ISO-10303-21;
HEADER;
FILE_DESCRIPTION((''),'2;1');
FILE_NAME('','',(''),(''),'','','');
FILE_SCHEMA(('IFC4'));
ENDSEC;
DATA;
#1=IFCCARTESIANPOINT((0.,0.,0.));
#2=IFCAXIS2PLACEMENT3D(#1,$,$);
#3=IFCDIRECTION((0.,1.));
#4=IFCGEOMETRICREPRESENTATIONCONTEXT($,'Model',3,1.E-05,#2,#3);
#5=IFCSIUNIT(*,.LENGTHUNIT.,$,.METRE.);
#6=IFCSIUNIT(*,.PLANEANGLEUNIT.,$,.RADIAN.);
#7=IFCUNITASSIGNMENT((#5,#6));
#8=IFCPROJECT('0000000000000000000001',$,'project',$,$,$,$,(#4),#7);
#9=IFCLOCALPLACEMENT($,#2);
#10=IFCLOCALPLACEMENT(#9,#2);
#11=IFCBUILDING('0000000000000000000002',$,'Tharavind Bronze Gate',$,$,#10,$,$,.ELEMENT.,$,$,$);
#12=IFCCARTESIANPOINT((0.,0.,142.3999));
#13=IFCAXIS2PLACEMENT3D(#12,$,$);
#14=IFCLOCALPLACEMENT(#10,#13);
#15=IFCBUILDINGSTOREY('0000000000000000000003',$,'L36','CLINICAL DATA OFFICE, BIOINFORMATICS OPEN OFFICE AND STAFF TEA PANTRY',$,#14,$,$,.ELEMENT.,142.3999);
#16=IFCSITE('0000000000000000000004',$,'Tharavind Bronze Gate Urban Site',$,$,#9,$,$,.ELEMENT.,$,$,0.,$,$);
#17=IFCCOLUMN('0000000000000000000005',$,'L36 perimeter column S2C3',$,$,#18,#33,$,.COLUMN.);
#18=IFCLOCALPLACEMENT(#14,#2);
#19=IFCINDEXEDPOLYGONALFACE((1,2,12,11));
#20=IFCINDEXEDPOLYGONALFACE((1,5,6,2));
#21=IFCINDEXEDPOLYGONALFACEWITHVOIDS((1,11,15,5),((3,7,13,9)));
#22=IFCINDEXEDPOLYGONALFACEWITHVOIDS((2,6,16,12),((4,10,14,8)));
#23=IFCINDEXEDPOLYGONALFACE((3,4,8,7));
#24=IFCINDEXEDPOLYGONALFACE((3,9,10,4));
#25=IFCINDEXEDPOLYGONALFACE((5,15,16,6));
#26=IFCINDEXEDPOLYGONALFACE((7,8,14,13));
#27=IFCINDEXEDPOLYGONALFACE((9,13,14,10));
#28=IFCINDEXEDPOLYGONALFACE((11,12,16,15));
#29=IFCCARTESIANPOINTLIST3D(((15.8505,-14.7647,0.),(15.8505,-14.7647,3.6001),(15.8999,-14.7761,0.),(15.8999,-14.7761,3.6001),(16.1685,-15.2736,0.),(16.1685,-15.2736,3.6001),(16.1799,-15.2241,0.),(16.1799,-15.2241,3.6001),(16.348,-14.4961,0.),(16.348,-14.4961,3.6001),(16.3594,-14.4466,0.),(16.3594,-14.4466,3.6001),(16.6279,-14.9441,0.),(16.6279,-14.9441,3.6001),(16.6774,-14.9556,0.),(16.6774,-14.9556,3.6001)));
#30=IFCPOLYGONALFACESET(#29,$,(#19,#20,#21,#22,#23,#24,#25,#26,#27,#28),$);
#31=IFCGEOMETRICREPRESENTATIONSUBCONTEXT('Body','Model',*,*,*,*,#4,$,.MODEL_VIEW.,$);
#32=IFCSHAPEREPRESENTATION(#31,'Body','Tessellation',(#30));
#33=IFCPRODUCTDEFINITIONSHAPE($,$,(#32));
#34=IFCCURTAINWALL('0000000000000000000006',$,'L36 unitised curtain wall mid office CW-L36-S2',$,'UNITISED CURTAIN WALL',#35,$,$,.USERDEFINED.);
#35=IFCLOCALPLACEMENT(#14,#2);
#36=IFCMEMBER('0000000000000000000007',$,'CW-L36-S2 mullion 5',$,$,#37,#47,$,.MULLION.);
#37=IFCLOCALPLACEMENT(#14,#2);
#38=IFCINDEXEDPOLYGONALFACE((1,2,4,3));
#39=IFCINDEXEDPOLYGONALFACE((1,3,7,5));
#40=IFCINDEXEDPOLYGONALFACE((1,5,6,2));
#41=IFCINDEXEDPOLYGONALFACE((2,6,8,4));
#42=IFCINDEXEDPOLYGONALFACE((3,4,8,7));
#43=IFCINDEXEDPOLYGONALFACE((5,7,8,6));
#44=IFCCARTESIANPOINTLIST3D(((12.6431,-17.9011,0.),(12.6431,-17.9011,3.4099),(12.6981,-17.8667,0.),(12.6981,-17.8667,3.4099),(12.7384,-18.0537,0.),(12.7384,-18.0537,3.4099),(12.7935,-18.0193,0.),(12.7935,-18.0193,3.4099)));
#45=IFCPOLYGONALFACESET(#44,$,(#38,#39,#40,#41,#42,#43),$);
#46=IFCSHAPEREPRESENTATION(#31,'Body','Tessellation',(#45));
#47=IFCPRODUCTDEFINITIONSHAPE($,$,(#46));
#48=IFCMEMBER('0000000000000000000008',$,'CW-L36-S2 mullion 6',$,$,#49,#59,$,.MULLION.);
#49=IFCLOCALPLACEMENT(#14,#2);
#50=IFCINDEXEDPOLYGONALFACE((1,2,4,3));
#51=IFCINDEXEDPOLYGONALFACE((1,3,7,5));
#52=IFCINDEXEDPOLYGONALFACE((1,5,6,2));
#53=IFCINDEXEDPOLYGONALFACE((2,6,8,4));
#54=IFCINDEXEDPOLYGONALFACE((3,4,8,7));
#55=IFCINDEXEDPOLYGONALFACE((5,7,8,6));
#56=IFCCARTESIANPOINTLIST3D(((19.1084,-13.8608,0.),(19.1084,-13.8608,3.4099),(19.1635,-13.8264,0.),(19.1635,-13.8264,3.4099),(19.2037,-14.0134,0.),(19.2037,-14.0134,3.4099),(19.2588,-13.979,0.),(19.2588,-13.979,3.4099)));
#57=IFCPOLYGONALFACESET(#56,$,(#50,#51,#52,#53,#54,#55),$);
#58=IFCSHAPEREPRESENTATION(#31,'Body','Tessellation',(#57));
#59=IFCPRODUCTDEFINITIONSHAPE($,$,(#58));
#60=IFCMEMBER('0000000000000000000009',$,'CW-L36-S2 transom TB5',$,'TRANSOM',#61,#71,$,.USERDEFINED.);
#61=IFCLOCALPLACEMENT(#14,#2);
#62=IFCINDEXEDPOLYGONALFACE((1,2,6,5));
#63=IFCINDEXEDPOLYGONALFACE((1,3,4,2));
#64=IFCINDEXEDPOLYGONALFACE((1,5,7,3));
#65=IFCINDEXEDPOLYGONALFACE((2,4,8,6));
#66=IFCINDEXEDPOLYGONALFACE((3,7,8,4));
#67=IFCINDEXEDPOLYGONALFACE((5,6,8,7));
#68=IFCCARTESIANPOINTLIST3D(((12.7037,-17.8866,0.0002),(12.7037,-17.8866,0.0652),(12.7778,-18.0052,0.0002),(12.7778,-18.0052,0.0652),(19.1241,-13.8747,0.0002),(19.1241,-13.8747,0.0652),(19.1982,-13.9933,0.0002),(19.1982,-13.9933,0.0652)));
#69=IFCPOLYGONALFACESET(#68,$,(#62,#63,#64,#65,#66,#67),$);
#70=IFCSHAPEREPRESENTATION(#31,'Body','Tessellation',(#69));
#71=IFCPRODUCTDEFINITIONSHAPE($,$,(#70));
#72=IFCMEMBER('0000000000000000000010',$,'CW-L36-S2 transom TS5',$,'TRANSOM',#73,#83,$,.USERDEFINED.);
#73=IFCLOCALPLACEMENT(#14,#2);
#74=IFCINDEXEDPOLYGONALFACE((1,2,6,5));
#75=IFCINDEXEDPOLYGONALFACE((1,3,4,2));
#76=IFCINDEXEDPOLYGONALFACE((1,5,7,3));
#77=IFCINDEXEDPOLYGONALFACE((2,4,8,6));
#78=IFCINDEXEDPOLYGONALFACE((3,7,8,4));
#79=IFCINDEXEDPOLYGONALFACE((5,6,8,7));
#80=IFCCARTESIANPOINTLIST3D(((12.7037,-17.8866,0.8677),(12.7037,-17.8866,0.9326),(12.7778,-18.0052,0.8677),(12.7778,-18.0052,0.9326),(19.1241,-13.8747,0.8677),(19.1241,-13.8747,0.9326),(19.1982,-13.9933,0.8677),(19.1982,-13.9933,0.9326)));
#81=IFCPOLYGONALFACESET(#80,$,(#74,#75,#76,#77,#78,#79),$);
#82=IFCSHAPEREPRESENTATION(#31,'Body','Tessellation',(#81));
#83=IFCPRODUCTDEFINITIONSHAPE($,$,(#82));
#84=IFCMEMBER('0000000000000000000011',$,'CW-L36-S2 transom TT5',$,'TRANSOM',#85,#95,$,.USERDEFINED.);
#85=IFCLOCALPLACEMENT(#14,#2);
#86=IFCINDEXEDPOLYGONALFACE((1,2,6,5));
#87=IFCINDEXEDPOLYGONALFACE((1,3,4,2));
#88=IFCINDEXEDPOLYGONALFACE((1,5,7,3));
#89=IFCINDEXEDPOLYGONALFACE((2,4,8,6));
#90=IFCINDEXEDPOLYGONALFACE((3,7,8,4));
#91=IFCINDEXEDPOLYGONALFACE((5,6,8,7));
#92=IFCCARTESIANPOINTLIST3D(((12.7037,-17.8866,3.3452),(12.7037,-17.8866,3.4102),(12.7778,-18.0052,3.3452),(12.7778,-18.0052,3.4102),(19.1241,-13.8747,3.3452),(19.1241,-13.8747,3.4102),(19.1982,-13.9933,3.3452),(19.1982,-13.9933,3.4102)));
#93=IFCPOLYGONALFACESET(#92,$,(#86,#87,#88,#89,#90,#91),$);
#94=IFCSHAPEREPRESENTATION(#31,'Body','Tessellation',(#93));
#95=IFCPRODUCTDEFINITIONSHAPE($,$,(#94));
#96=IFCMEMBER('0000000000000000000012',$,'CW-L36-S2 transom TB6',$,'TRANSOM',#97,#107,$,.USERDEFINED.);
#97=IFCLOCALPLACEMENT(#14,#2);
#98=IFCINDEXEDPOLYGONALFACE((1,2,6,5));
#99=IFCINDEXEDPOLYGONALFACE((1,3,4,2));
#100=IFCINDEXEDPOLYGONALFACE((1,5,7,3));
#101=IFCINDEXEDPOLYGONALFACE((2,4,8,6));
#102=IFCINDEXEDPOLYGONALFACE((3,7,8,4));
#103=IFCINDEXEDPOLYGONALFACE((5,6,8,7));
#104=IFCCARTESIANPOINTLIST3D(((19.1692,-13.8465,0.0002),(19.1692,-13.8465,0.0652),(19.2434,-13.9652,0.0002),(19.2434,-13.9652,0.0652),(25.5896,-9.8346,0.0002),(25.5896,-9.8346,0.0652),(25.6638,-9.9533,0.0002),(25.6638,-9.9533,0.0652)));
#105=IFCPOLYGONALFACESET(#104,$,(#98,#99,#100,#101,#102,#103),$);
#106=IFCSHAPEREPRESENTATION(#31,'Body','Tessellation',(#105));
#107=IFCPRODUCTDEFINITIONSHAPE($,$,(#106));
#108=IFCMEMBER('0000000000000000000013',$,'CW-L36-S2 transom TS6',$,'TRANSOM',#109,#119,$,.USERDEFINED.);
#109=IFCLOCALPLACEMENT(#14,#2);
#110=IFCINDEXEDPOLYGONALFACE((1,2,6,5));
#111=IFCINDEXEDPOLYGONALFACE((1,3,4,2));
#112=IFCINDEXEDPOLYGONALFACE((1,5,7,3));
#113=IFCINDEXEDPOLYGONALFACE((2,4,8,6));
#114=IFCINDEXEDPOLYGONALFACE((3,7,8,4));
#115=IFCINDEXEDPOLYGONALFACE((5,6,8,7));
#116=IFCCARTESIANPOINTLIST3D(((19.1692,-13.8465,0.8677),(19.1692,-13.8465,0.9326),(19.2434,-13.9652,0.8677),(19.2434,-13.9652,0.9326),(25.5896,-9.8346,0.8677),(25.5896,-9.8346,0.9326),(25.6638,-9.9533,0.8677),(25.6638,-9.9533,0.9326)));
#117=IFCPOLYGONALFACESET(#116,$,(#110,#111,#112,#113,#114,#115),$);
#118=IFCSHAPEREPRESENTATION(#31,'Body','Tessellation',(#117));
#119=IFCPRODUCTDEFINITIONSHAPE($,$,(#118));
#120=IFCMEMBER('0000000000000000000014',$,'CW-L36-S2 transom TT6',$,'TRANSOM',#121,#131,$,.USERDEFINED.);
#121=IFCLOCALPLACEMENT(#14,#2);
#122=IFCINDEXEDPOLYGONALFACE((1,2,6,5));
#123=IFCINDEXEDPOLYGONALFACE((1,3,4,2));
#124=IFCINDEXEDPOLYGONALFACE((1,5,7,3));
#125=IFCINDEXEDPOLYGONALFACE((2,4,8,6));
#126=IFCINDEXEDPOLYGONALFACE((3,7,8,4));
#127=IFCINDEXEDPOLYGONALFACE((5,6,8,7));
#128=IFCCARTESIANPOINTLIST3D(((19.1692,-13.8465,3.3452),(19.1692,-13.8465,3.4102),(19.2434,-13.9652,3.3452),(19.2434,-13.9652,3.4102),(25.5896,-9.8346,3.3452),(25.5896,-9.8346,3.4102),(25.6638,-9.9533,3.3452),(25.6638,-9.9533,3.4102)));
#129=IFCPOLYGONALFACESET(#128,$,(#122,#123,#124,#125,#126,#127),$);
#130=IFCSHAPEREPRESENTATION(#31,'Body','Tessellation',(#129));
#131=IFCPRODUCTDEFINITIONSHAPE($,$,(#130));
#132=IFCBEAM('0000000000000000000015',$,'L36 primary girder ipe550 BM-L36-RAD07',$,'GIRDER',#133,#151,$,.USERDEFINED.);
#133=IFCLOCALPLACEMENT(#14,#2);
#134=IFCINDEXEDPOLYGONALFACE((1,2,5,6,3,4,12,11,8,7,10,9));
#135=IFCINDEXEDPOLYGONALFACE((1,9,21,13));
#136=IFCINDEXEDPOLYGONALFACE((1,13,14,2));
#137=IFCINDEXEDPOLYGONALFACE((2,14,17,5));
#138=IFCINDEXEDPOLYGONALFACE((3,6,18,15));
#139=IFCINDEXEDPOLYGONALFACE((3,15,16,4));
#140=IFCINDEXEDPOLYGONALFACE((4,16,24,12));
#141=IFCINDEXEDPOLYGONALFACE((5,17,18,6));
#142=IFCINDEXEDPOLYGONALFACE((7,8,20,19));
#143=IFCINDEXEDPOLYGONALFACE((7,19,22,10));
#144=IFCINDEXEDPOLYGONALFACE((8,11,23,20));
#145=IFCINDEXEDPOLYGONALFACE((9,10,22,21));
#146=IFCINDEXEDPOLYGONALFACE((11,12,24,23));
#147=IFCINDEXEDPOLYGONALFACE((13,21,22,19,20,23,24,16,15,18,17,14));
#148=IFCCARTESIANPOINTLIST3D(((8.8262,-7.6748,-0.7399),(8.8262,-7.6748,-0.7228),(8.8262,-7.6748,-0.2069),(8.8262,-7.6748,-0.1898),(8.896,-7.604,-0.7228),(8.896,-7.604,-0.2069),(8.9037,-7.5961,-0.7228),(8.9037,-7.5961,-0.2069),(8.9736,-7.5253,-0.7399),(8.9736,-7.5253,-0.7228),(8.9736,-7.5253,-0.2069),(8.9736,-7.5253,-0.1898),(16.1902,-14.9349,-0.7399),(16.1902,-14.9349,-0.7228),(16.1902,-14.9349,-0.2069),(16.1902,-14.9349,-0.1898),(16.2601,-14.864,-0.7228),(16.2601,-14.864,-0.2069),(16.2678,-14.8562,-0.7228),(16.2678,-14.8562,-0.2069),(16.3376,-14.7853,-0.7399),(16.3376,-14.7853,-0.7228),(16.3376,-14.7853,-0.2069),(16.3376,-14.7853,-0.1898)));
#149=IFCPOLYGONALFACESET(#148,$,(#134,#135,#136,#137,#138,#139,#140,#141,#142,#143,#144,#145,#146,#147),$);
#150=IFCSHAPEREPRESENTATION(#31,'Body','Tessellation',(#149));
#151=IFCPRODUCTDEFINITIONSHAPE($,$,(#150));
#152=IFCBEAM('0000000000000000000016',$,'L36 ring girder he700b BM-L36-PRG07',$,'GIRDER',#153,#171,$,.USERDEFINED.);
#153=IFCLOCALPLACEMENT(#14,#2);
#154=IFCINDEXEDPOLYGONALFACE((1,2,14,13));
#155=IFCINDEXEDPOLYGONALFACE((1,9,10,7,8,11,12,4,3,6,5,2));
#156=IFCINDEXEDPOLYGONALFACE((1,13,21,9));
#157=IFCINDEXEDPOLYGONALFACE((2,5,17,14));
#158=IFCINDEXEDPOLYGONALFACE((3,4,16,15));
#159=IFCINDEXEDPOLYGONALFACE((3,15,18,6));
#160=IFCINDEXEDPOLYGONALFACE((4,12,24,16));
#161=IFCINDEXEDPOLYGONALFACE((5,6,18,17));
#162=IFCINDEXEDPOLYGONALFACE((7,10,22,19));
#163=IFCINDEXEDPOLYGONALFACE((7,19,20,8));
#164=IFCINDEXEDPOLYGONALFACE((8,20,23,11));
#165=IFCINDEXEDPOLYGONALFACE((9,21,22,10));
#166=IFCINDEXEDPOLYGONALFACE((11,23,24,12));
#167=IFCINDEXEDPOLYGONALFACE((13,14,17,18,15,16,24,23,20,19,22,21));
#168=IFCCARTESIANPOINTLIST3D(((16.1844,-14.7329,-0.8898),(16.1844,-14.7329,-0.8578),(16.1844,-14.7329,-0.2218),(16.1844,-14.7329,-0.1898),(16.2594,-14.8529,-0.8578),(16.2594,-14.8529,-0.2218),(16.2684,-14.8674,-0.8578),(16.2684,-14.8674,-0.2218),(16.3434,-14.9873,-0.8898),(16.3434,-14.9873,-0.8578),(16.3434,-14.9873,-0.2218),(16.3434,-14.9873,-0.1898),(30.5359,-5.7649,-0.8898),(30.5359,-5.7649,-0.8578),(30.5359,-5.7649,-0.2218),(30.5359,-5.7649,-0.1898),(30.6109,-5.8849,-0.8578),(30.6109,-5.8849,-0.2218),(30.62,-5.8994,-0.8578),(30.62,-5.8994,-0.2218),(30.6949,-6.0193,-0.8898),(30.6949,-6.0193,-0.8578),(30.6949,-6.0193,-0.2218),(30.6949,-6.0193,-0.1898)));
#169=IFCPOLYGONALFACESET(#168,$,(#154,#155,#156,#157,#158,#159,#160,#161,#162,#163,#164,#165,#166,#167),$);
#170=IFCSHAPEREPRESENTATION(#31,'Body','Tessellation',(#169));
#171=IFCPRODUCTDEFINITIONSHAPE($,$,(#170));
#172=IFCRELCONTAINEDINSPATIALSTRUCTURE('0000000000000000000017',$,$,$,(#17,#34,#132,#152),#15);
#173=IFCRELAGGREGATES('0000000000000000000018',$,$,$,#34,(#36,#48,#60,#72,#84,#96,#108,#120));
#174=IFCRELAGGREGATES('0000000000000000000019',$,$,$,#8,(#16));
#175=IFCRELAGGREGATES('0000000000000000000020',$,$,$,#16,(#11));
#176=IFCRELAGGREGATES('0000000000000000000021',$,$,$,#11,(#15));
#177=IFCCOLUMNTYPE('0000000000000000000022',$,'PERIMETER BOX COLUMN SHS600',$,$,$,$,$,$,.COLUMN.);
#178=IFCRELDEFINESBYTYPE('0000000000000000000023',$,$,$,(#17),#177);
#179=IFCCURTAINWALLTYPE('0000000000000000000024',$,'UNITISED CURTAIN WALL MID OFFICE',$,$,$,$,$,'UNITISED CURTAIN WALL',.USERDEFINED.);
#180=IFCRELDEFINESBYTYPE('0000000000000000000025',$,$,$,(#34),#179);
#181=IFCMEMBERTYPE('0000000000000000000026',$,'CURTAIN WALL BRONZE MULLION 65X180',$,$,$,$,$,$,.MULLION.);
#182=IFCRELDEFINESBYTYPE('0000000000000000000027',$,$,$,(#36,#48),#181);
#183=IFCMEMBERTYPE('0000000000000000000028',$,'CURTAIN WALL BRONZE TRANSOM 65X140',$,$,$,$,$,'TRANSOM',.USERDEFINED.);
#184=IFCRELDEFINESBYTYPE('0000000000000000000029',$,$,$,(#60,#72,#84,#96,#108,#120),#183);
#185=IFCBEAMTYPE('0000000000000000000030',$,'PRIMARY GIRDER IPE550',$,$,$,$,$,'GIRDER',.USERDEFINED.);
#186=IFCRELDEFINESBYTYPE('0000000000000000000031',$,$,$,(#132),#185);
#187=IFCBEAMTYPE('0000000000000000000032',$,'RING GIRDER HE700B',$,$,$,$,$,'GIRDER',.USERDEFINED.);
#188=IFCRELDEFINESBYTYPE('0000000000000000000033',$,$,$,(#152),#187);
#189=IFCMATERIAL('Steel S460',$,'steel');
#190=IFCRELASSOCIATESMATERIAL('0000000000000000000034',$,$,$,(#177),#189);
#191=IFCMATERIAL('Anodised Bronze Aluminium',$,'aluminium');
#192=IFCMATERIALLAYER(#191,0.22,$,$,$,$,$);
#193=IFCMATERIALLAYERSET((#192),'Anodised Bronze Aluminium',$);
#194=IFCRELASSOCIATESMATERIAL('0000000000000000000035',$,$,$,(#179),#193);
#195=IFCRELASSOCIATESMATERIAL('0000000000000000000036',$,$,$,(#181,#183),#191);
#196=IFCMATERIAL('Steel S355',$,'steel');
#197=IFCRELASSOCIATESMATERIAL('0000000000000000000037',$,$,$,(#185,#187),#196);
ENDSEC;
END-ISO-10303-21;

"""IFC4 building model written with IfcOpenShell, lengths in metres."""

from ifc_helpers import new_model, si_unit, direction, frame, origin, origin_2d, place, context, subcontext, project, spatial, rectangle, hollow_rectangle, i_section, extrude, material, layer, layer_set, material_profile, profile_set, type_object, element, aggregate, save


model = new_model("IFC4")

# Units and contexts
model_context = context("Model", 3, precision=1e-05, world=origin(), true_north=direction((0.0, 1.0)))
body_context = subcontext(model_context, "Body", "Model", "MODEL_VIEW")
ifc_project = project(units=[si_unit("LENGTHUNIT", "METRE"), si_unit("PLANEANGLEUNIT", "RADIAN")], contexts=[model_context])

# Site, building, storey
site_placement = place(None, origin())
site = spatial("IfcSite", under=ifc_project, at=site_placement, Name="Tharavind Bronze Gate Urban Site", CompositionType="ELEMENT", RefElevation=0.0)
building_placement = place(site_placement, origin())
building = spatial("IfcBuilding", under=site, at=building_placement, Name="Tharavind Bronze Gate", CompositionType="ELEMENT")
storey_placement = place(building_placement, frame((0.0, 0.0, 142.3999)))
storey = spatial("IfcBuildingStorey", under=building, at=storey_placement, Name="L36", Description="CLINICAL DATA OFFICE, BIOINFORMATICS OPEN OFFICE AND STAFF TEA PANTRY", CompositionType="ELEMENT", Elevation=142.3999)

# Column
ifc_material_1 = material(Name="Steel S460", Category="steel")
ifc_material_profile_1 = material_profile(ifc_material_1, hollow_rectangle(XDim=0.6001, YDim=0.6001, WallThickness=0.0359, at=origin_2d()), Name="SHS600X36")
ifc_profile_set_1 = profile_set([ifc_material_profile_1], Name="Steel S460")
column_type = type_object("IfcColumnType", Name="PERIMETER BOX COLUMN SHS600", PredefinedType="COLUMN", material=ifc_profile_set_1)
column_placement = place(storey_placement, frame((16.2639, -14.8601, 0.0), z_axis=(0.0, 0.0, 1.0), x_axis=(0.848047, 0.529921, 0.0)))
element("IfcColumn", 1, at=column_placement, inside=storey, type_object=column_type, Name="L36 perimeter column S2C3", PredefinedType="COLUMN", context=body_context, shape_type="SweptSolid", body=[
    extrude(hollow_rectangle(XDim=0.6001, YDim=0.6001, WallThickness=0.0359, at=origin_2d()), origin(), (0.0, 0.0, 1.0), 3.6001),
])

# Curtain wall, members
ifc_material_2 = material(Name="Anodised Bronze Aluminium", Category="aluminium")
ifc_layer_1 = layer(ifc_material_2, 0.22)
ifc_layer_set_1 = layer_set([ifc_layer_1], Name="Anodised Bronze Aluminium")
curtain_wall_type = type_object("IfcCurtainWallType", Name="UNITISED CURTAIN WALL MID OFFICE", ElementType="UNITISED CURTAIN WALL", PredefinedType="USERDEFINED", material=ifc_layer_set_1)
curtain_wall_placement = place(storey_placement, origin())
curtain_wall = element("IfcCurtainWall", 2, at=curtain_wall_placement, inside=storey, type_object=curtain_wall_type, Name="L36 unitised curtain wall mid office CW-L36-S2", ObjectType="UNITISED CURTAIN WALL", PredefinedType="USERDEFINED")
member_type_1 = type_object("IfcMemberType", Name="CURTAIN WALL BRONZE MULLION 65X180", PredefinedType="MULLION", material=ifc_material_2)
member_1_placement = place(storey_placement, frame((12.7183, -17.9602, 0.0), z_axis=(0.0, 0.0, 1.0), x_axis=(0.848048, 0.529919, 0.0)))
member_1 = element("IfcMember", 3, at=member_1_placement, type_object=member_type_1, Name="CW-L36-S2 mullion 5", PredefinedType="MULLION", context=body_context, shape_type="SweptSolid", body=[
    extrude(rectangle(XDim=0.0649, YDim=0.1799, at=origin_2d()), origin(), (0.0, 0.0, 1.0), 3.4099),
])
member_2_placement = place(storey_placement, frame((19.1836, -13.9199, 0.0), z_axis=(0.0, 0.0, 1.0), x_axis=(0.848048, 0.529919, 0.0)))
member_2 = element("IfcMember", 4, at=member_2_placement, type_object=member_type_1, Name="CW-L36-S2 mullion 6", PredefinedType="MULLION", context=body_context, shape_type="SweptSolid", body=[
    extrude(rectangle(XDim=0.0649, YDim=0.1799, at=origin_2d()), origin(), (0.0, 0.0, 1.0), 3.4099),
])
member_type_2 = type_object("IfcMemberType", Name="CURTAIN WALL BRONZE TRANSOM 65X140", ElementType="TRANSOM", PredefinedType="USERDEFINED", material=ifc_material_2)
member_3_placement = place(storey_placement, frame((15.9509, -15.9399, 0.0002), z_axis=(0.0, 0.0, 1.0), x_axis=(0.848048, 0.529919, 0.0)))
member_3 = element("IfcMember", 5, at=member_3_placement, type_object=member_type_2, Name="CW-L36-S2 transom TB5", ObjectType="TRANSOM", PredefinedType="USERDEFINED", context=body_context, shape_type="SweptSolid", body=[
    extrude(rectangle(XDim=7.5708, YDim=0.1399, at=origin_2d()), origin(), (0.0, 0.0, 1.0), 0.0649),
])
member_4_placement = place(storey_placement, frame((15.9509, -15.9399, 0.8677), z_axis=(0.0, 0.0, 1.0), x_axis=(0.848048, 0.529919, 0.0)))
member_4 = element("IfcMember", 6, at=member_4_placement, type_object=member_type_2, Name="CW-L36-S2 transom TS5", ObjectType="TRANSOM", PredefinedType="USERDEFINED", context=body_context, shape_type="SweptSolid", body=[
    extrude(rectangle(XDim=7.5708, YDim=0.1399, at=origin_2d()), origin(), (0.0, 0.0, 1.0), 0.0649),
])
member_5_placement = place(storey_placement, frame((15.9509, -15.9399, 3.3452), z_axis=(0.0, 0.0, 1.0), x_axis=(0.848048, 0.529919, 0.0)))
member_5 = element("IfcMember", 7, at=member_5_placement, type_object=member_type_2, Name="CW-L36-S2 transom TT5", ObjectType="TRANSOM", PredefinedType="USERDEFINED", context=body_context, shape_type="SweptSolid", body=[
    extrude(rectangle(XDim=7.5708, YDim=0.1399, at=origin_2d()), origin(), (0.0, 0.0, 1.0), 0.0649),
])
member_6_placement = place(storey_placement, frame((22.4165, -11.8999, 0.0002), z_axis=(0.0, 0.0, 1.0), x_axis=(0.848048, 0.529919, 0.0)))
member_6 = element("IfcMember", 8, at=member_6_placement, type_object=member_type_2, Name="CW-L36-S2 transom TB6", ObjectType="TRANSOM", PredefinedType="USERDEFINED", context=body_context, shape_type="SweptSolid", body=[
    extrude(rectangle(XDim=7.5708, YDim=0.1399, at=origin_2d()), origin(), (0.0, 0.0, 1.0), 0.0649),
])
member_7_placement = place(storey_placement, frame((22.4165, -11.8999, 0.8677), z_axis=(0.0, 0.0, 1.0), x_axis=(0.848048, 0.529919, 0.0)))
member_7 = element("IfcMember", 9, at=member_7_placement, type_object=member_type_2, Name="CW-L36-S2 transom TS6", ObjectType="TRANSOM", PredefinedType="USERDEFINED", context=body_context, shape_type="SweptSolid", body=[
    extrude(rectangle(XDim=7.5708, YDim=0.1399, at=origin_2d()), origin(), (0.0, 0.0, 1.0), 0.0649),
])
member_8_placement = place(storey_placement, frame((22.4165, -11.8999, 3.3452), z_axis=(0.0, 0.0, 1.0), x_axis=(0.848048, 0.529919, 0.0)))
member_8 = element("IfcMember", 10, at=member_8_placement, type_object=member_type_2, Name="CW-L36-S2 transom TT6", ObjectType="TRANSOM", PredefinedType="USERDEFINED", context=body_context, shape_type="SweptSolid", body=[
    extrude(rectangle(XDim=7.5708, YDim=0.1399, at=origin_2d()), origin(), (0.0, 0.0, 1.0), 0.0649),
])

# Beams
ifc_material_3 = material(Name="Steel S355", Category="steel")
ifc_material_profile_2 = material_profile(ifc_material_3, i_section(OverallWidth=0.21, OverallDepth=0.55, WebThickness=0.011, FlangeThickness=0.0171, at=origin_2d()), Name="IPE550")
ifc_profile_set_2 = profile_set([ifc_material_profile_2], Name="Steel S355")
beam_type_1 = type_object("IfcBeamType", Name="PRIMARY GIRDER IPE550", ElementType="GIRDER", PredefinedType="USERDEFINED", material=ifc_profile_set_2)
beam_1_placement = place(storey_placement, frame((16.2639, -14.8601, -0.4648), z_axis=(-0.712118, 0.70206, 0.0), x_axis=(-0.70206, -0.712118, 0.0)))
element("IfcBeam", 11, at=beam_1_placement, inside=storey, type_object=beam_type_1, Name="L36 primary girder ipe550 BM-L36-RAD07", ObjectType="GIRDER", PredefinedType="USERDEFINED", context=body_context, shape_type="SweptSolid", body=[
    extrude(i_section(OverallWidth=0.21, OverallDepth=0.55, WebThickness=0.011, FlangeThickness=0.0171, at=origin_2d()), origin(), (0.0, 0.0, 1.0), 10.3411),
])
ifc_material_profile_3 = material_profile(ifc_material_3, i_section(OverallWidth=0.3, OverallDepth=0.7, WebThickness=0.0171, FlangeThickness=0.032, at=origin_2d()), Name="HE700B")
ifc_profile_set_3 = profile_set([ifc_material_profile_3], Name="Steel S355")
beam_type_2 = type_object("IfcBeamType", Name="RING GIRDER HE700B", ElementType="GIRDER", PredefinedType="USERDEFINED", material=ifc_profile_set_3)
beam_2_placement = place(storey_placement, frame((16.2639, -14.8601, -0.5398), z_axis=(0.848044, 0.529926, 0.0), x_axis=(-0.529926, 0.848044, 0.0)))
element("IfcBeam", 12, at=beam_2_placement, inside=storey, type_object=beam_type_2, Name="L36 ring girder he700b BM-L36-PRG07", ObjectType="GIRDER", PredefinedType="USERDEFINED", context=body_context, shape_type="SweptSolid", body=[
    extrude(i_section(OverallWidth=0.3, OverallDepth=0.7, WebThickness=0.0171, FlangeThickness=0.032, at=origin_2d()), origin(), (0.0, 0.0, 1.0), 16.9231),
])

aggregate(curtain_wall, [member_1, member_2, member_3, member_4, member_5, member_6, member_7, member_8])

save(model, "model.ifc")
